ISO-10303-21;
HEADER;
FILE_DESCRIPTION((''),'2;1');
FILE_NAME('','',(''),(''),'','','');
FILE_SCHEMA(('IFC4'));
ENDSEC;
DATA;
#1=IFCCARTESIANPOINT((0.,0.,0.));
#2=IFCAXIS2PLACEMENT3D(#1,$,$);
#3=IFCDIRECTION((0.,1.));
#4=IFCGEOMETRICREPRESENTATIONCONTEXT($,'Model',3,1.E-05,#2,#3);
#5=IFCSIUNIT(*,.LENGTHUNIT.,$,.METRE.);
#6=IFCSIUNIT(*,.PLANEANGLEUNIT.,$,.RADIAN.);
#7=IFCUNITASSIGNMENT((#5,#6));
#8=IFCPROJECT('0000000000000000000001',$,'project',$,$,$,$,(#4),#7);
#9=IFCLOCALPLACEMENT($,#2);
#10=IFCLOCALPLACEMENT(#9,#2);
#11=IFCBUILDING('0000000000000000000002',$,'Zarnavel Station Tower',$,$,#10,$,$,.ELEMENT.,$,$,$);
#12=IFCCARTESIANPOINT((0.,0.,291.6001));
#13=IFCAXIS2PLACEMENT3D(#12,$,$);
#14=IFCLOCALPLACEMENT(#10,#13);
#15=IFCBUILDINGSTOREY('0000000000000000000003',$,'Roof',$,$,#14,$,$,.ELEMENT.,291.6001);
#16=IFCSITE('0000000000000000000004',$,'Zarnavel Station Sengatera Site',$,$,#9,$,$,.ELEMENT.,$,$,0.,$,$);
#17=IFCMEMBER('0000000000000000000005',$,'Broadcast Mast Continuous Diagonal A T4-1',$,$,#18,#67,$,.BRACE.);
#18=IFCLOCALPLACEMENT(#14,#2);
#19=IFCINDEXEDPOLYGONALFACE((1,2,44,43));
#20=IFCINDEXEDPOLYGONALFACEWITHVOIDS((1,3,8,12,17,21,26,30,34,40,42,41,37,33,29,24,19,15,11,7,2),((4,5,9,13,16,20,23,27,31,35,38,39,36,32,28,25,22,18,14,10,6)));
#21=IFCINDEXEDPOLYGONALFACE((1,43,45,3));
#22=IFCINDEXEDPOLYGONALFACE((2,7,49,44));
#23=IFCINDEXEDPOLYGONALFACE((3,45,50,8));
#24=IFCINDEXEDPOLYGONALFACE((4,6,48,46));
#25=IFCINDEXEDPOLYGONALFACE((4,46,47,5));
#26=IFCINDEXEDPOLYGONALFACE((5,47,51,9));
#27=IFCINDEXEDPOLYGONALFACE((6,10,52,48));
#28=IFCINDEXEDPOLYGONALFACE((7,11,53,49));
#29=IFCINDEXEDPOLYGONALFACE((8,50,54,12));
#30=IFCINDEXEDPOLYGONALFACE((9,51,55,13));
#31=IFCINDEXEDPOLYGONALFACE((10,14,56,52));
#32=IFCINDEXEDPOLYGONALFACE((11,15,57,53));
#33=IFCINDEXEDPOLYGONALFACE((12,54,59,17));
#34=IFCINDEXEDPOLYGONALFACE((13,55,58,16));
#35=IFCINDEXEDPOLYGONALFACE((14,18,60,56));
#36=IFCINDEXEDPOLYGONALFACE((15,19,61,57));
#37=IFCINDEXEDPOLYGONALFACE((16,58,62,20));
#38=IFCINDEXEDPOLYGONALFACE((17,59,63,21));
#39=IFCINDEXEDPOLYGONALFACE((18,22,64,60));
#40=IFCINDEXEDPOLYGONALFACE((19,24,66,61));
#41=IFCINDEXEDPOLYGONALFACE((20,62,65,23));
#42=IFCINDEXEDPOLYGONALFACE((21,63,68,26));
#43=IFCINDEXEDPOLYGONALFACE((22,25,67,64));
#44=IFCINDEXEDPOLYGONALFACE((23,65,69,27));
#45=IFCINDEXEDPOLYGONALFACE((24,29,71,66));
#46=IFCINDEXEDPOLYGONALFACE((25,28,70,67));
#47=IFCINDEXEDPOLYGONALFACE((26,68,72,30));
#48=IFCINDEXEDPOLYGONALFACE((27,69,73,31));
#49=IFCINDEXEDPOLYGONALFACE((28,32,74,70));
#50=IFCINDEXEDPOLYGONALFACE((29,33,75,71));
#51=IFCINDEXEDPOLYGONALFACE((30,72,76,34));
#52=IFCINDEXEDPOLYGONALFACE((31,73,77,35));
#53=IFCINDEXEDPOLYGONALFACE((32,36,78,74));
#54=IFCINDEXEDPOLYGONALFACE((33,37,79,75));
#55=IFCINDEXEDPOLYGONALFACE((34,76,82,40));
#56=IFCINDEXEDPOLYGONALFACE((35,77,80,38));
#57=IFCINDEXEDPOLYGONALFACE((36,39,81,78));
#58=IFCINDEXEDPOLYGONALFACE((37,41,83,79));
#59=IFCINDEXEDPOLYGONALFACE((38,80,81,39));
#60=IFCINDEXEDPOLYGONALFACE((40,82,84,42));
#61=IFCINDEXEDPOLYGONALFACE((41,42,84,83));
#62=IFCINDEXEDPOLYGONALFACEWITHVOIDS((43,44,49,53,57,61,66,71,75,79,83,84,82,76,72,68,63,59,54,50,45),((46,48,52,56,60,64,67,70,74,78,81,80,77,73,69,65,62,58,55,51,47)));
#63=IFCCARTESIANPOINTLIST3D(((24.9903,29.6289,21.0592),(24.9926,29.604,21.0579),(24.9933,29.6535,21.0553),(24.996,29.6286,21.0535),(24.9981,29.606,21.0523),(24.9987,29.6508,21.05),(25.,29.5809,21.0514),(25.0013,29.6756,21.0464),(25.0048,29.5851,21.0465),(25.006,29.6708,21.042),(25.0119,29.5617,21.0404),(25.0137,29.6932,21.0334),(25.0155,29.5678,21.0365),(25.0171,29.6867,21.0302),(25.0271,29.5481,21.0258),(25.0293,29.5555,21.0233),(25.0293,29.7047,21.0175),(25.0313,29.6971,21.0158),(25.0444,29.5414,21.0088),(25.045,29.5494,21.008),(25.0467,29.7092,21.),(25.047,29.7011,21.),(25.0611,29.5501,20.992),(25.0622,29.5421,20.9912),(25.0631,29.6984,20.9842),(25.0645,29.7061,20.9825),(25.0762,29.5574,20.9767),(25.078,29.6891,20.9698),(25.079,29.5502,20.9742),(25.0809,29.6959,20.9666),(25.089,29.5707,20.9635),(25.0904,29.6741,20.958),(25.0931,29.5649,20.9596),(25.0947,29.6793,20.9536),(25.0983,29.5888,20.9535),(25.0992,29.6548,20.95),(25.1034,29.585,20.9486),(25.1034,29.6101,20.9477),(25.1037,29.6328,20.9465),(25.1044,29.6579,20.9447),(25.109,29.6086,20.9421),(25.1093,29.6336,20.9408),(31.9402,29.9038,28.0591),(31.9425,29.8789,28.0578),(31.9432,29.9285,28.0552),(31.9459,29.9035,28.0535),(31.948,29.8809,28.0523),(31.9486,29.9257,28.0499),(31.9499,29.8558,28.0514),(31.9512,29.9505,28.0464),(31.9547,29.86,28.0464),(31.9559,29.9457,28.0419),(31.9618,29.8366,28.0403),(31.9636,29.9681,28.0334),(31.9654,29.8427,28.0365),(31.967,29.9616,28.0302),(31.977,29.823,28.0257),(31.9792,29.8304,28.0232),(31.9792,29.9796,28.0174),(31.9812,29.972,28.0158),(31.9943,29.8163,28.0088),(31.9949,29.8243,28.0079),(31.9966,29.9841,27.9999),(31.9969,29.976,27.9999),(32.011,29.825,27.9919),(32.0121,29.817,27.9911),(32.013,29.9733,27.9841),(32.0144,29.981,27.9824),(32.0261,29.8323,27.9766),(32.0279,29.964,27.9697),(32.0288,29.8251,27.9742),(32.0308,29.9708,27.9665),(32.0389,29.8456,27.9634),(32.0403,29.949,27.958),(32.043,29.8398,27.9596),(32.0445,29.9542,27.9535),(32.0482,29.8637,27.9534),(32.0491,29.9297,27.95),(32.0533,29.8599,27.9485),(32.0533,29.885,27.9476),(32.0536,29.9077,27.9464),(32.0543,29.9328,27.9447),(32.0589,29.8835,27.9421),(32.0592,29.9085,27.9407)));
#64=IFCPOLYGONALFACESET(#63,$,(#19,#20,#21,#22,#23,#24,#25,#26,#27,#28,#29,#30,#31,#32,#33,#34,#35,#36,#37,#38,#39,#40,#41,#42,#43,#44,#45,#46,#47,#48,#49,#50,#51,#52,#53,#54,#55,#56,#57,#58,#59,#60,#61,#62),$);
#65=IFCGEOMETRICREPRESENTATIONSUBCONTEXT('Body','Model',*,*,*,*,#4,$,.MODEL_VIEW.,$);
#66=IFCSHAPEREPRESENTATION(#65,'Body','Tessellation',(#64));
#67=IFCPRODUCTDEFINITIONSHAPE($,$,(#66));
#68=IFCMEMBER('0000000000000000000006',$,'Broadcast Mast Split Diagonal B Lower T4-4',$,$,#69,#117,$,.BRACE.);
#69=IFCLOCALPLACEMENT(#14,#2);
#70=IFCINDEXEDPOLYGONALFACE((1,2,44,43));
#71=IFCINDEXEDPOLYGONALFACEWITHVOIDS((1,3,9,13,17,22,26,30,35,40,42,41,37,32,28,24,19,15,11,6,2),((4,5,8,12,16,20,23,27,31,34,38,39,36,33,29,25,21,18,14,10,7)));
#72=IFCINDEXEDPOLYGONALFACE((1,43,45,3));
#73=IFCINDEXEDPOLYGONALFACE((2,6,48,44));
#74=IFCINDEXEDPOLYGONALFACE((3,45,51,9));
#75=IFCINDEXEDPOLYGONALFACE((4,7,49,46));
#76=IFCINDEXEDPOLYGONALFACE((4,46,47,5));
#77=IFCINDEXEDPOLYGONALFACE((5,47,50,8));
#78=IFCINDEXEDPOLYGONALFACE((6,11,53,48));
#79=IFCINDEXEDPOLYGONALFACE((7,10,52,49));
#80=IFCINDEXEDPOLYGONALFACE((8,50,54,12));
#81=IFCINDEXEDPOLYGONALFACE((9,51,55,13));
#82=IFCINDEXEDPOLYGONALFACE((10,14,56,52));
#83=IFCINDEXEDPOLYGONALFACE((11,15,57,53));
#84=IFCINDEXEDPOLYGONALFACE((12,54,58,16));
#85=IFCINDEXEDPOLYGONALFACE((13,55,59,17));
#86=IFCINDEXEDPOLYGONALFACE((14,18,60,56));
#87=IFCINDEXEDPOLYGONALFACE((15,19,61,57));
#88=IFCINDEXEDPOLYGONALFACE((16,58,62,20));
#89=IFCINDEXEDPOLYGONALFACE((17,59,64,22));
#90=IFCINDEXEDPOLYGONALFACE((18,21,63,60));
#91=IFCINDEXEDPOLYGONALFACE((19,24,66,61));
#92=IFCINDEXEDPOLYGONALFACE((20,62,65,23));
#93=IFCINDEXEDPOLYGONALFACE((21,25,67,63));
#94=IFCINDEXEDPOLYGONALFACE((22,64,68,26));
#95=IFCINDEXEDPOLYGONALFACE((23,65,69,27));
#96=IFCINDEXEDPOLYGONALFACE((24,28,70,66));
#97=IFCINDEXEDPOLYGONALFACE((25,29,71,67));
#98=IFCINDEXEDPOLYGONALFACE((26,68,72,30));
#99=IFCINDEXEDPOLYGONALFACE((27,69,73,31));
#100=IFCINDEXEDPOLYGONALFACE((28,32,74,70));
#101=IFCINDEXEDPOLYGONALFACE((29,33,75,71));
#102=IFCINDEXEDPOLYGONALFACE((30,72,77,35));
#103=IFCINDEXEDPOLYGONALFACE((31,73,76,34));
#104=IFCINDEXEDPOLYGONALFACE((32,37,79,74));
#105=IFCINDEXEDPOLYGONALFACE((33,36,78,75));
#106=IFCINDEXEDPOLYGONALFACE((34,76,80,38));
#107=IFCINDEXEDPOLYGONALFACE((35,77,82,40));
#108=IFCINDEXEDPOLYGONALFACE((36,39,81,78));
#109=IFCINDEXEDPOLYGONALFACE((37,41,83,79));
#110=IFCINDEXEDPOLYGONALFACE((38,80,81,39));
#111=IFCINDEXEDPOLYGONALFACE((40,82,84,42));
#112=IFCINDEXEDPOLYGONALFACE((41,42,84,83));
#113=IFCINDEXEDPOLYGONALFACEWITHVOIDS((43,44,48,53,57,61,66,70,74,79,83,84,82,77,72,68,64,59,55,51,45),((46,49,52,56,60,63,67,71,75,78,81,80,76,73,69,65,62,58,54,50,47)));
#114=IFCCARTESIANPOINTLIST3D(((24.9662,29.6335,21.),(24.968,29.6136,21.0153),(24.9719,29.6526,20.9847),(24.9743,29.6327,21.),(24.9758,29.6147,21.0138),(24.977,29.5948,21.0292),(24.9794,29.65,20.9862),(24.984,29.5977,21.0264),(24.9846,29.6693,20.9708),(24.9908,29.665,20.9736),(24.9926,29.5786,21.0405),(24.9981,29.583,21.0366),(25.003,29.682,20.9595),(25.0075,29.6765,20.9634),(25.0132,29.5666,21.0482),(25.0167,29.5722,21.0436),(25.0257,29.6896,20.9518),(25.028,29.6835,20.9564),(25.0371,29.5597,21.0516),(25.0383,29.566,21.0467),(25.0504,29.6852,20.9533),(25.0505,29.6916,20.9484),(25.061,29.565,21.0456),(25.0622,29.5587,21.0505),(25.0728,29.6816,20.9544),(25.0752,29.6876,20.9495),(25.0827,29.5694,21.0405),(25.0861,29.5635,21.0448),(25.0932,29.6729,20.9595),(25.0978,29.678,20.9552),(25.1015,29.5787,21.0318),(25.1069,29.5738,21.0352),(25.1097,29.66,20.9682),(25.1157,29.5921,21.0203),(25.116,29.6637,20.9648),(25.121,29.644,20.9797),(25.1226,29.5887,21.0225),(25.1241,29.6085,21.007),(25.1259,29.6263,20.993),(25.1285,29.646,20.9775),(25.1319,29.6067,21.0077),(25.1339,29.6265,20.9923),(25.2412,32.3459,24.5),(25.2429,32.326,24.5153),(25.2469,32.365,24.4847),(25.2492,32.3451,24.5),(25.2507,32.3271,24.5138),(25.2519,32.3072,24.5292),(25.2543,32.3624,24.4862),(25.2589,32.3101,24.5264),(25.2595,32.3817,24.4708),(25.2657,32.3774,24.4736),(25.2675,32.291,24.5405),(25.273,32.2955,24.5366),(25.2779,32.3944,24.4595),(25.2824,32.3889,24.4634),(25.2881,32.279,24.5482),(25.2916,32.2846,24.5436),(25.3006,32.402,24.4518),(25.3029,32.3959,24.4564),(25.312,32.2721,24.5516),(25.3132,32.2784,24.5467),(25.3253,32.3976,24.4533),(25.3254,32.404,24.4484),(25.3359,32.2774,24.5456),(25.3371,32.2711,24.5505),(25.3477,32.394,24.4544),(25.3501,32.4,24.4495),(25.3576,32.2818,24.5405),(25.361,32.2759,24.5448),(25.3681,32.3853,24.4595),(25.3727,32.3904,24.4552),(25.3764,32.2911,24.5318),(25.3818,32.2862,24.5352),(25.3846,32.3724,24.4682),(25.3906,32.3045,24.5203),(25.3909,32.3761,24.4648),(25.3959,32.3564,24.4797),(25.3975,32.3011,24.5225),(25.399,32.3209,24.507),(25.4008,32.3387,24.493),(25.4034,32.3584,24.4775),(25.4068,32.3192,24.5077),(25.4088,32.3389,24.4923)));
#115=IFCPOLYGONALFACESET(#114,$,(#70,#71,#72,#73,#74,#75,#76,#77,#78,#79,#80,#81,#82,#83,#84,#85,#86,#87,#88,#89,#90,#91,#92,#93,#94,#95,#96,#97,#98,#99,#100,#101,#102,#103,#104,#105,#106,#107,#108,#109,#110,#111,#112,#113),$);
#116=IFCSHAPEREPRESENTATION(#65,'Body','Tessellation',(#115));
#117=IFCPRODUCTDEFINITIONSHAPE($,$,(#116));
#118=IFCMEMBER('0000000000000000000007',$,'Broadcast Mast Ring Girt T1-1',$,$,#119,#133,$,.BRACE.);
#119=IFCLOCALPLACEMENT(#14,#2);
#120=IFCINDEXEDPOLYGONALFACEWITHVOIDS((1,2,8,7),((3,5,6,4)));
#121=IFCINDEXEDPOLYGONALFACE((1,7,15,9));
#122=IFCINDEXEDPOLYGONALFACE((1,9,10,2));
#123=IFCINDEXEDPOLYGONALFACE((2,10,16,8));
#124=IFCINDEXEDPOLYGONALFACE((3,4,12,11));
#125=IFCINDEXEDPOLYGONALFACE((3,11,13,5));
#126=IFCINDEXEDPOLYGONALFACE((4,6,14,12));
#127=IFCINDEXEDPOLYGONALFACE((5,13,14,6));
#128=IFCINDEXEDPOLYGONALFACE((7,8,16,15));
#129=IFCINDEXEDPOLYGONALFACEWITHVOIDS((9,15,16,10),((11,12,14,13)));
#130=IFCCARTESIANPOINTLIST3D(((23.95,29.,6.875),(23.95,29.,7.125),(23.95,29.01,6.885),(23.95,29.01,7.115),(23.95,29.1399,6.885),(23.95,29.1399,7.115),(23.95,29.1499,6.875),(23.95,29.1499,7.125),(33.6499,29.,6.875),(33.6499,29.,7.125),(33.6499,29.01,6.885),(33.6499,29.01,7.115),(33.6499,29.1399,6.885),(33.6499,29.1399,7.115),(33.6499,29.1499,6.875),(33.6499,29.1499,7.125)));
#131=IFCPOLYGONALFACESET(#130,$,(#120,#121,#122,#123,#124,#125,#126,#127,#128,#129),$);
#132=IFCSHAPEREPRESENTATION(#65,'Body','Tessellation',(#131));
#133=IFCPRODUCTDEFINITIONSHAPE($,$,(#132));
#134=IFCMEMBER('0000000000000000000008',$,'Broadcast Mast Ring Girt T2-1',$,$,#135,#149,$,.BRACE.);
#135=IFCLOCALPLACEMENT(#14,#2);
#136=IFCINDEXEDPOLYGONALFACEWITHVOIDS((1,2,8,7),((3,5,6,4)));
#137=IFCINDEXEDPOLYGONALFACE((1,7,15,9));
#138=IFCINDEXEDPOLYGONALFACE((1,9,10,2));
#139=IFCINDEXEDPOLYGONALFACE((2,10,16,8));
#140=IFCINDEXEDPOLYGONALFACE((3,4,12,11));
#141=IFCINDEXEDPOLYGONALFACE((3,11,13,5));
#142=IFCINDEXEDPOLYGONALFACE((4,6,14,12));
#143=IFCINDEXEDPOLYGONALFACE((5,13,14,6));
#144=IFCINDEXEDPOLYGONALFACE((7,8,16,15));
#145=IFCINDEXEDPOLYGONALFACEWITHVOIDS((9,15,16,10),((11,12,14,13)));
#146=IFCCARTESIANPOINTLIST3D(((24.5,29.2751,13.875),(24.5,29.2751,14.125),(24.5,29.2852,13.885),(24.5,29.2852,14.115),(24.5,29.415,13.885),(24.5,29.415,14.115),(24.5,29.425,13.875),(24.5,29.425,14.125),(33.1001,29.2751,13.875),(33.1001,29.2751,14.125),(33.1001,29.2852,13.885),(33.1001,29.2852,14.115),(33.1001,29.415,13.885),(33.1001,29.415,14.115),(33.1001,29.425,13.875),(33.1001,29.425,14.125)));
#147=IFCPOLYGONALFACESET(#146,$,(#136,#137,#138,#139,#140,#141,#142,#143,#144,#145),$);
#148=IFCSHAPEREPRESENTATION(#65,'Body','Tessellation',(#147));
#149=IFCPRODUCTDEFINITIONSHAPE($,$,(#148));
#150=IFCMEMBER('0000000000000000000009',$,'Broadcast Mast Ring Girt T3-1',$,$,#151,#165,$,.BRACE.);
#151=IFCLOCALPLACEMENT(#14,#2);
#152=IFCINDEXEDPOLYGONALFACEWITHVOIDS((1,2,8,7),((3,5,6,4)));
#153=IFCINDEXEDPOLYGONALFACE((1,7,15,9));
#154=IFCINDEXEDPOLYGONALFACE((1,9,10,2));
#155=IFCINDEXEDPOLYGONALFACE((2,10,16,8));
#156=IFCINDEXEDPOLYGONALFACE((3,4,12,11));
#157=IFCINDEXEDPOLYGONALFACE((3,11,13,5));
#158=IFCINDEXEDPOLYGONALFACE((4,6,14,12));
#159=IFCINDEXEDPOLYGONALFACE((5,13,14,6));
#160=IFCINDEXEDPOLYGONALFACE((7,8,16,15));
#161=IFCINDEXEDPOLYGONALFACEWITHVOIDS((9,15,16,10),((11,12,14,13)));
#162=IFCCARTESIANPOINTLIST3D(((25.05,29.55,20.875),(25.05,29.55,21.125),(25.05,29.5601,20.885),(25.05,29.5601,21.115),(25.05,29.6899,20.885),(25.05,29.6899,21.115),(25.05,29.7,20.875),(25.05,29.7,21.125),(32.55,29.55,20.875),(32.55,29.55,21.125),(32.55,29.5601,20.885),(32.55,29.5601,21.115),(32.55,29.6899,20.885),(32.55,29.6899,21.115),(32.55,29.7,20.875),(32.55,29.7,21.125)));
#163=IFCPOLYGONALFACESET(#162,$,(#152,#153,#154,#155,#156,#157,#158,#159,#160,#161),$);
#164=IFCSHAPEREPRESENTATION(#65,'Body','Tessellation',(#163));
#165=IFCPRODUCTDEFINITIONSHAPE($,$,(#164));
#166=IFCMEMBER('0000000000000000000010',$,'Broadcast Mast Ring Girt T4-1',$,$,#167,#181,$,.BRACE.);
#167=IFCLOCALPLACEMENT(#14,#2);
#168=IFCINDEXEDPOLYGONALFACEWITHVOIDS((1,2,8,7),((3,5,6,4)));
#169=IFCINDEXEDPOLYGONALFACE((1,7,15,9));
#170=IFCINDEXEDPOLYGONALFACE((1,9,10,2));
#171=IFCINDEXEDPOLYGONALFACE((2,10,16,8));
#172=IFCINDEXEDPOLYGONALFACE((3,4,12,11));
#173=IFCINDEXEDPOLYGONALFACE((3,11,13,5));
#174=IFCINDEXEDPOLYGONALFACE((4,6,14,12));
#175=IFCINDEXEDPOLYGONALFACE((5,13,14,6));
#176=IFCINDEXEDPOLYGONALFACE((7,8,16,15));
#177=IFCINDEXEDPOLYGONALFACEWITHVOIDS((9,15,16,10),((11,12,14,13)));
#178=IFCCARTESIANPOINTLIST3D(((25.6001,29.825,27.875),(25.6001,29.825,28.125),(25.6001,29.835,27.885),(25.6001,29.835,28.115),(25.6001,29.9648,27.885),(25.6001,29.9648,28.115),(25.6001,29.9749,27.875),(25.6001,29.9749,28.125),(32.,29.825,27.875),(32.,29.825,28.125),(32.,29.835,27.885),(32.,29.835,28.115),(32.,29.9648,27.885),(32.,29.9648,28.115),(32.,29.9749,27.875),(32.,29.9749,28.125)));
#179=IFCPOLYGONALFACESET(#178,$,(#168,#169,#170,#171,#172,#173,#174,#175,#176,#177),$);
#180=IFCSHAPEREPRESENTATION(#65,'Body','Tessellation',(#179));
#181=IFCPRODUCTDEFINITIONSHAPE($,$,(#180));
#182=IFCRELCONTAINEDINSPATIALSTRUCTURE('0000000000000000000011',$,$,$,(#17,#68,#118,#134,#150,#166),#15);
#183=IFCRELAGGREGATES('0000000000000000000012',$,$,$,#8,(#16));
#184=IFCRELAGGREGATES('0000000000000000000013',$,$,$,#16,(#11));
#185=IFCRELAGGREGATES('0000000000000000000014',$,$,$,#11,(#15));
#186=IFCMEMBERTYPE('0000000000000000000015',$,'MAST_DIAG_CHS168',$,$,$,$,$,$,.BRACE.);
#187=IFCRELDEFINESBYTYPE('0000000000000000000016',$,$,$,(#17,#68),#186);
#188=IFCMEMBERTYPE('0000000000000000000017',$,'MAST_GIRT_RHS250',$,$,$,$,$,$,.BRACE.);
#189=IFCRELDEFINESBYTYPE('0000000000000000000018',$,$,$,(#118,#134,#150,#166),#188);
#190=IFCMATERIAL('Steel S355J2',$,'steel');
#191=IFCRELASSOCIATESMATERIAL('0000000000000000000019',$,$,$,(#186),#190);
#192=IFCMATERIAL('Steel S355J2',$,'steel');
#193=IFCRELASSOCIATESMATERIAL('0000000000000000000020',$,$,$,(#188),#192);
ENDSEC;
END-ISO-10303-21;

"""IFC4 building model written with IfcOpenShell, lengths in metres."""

from ifc_helpers import new_model, si_unit, direction, frame, origin, origin_2d, place, context, subcontext, project, spatial, hollow_rectangle, hollow_circle, extrude, material, material_profile, profile_set, type_object, element, save


model = new_model("IFC4")

# Units and contexts
model_context = context("Model", 3, precision=1e-05, world=origin(), true_north=direction((0.0, 1.0)))
body_context = subcontext(model_context, "Body", "Model", "MODEL_VIEW")
ifc_project = project(units=[si_unit("LENGTHUNIT", "METRE"), si_unit("PLANEANGLEUNIT", "RADIAN")], contexts=[model_context])

# Site, building, storey
site_placement = place(None, origin())
site = spatial("IfcSite", under=ifc_project, at=site_placement, Name="Zarnavel Station Sengatera Site", CompositionType="ELEMENT", RefElevation=0.0)
building_placement = place(site_placement, origin())
building = spatial("IfcBuilding", under=site, at=building_placement, Name="Zarnavel Station Tower", CompositionType="ELEMENT")
storey_placement = place(building_placement, frame((0.0, 0.0, 291.6001)))
storey = spatial("IfcBuildingStorey", under=building, at=storey_placement, Name="Roof", CompositionType="ELEMENT", Elevation=291.6001)

# Members
ifc_material_1 = material(Name="Steel S355J2", Category="steel")
ifc_material_profile_1 = material_profile(ifc_material_1, hollow_circle(Radius=0.0842, WallThickness=0.0081, at=origin_2d()), Name="CHS168.3x8")
ifc_profile_set_1 = profile_set([ifc_material_profile_1], Name="Steel S355J2")
member_type_1 = type_object("IfcMemberType", Name="MAST_DIAG_CHS168", PredefinedType="BRACE", material=ifc_profile_set_1)
member_1_placement = place(storey_placement, frame((25.05, 29.625, 21.0), z_axis=(0.704292, 0.027858, 0.709364), x_axis=(-0.039524, 0.999219, 0.0)))
element("IfcMember", 1, at=member_1_placement, inside=storey, type_object=member_type_1, Name="Broadcast Mast Continuous Diagonal A T4-1", PredefinedType="BRACE", context=body_context, shape_type="SweptSolid", body=[
    extrude(hollow_circle(Radius=0.0842, WallThickness=0.0081, at=origin_2d()), origin(), (0.0, 0.0, 1.0), 9.8679),
])
member_2_placement = place(storey_placement, frame((25.05, 29.625, 21.0), z_axis=(0.061964, 0.611381, 0.788907), x_axis=(-0.994903, 0.100834, 0.0)))
element("IfcMember", 2, at=member_2_placement, inside=storey, type_object=member_type_1, Name="Broadcast Mast Split Diagonal B Lower T4-4", PredefinedType="BRACE", context=body_context, shape_type="SweptSolid", body=[
    extrude(hollow_circle(Radius=0.0842, WallThickness=0.0081, at=origin_2d()), origin(), (0.0, 0.0, 1.0), 4.4365),
])
ifc_material_2 = material(Name="Steel S355J2", Category="steel")
ifc_material_profile_2 = material_profile(ifc_material_2, hollow_rectangle(XDim=0.1499, YDim=0.25, WallThickness=0.01, at=origin_2d()), Name="RHS250x150x10")
ifc_profile_set_2 = profile_set([ifc_material_profile_2], Name="Steel S355J2")
member_type_2 = type_object("IfcMemberType", Name="MAST_GIRT_RHS250", PredefinedType="BRACE", material=ifc_profile_set_2)
member_3_placement = place(storey_placement, frame((23.95, 29.075, 7.0), z_axis=(1.0, 0.0, 0.0), x_axis=(0.0, 1.0, 0.0)))
element("IfcMember", 3, at=member_3_placement, inside=storey, type_object=member_type_2, Name="Broadcast Mast Ring Girt T1-1", PredefinedType="BRACE", context=body_context, shape_type="SweptSolid", body=[
    extrude(hollow_rectangle(XDim=0.1499, YDim=0.25, WallThickness=0.01, at=origin_2d()), origin(), (0.0, 0.0, 1.0), 9.7),
])
member_4_placement = place(storey_placement, frame((24.5, 29.3501, 14.0), z_axis=(1.0, 0.0, 0.0), x_axis=(0.0, 1.0, 0.0)))
element("IfcMember", 4, at=member_4_placement, inside=storey, type_object=member_type_2, Name="Broadcast Mast Ring Girt T2-1", PredefinedType="BRACE", context=body_context, shape_type="SweptSolid", body=[
    extrude(hollow_rectangle(XDim=0.1499, YDim=0.25, WallThickness=0.01, at=origin_2d()), origin(), (0.0, 0.0, 1.0), 8.6001),
])
member_5_placement = place(storey_placement, frame((25.05, 29.625, 21.0), z_axis=(1.0, 0.0, 0.0), x_axis=(0.0, 1.0, 0.0)))
element("IfcMember", 5, at=member_5_placement, inside=storey, type_object=member_type_2, Name="Broadcast Mast Ring Girt T3-1", PredefinedType="BRACE", context=body_context, shape_type="SweptSolid", body=[
    extrude(hollow_rectangle(XDim=0.1499, YDim=0.25, WallThickness=0.01, at=origin_2d()), origin(), (0.0, 0.0, 1.0), 7.5),
])
member_6_placement = place(storey_placement, frame((25.6001, 29.8999, 28.0), z_axis=(1.0, 0.0, 0.0), x_axis=(0.0, 1.0, 0.0)))
element("IfcMember", 6, at=member_6_placement, inside=storey, type_object=member_type_2, Name="Broadcast Mast Ring Girt T4-1", PredefinedType="BRACE", context=body_context, shape_type="SweptSolid", body=[
    extrude(hollow_rectangle(XDim=0.1499, YDim=0.25, WallThickness=0.01, at=origin_2d()), origin(), (0.0, 0.0, 1.0), 6.3999),
])

save(model, "model.ifc")
